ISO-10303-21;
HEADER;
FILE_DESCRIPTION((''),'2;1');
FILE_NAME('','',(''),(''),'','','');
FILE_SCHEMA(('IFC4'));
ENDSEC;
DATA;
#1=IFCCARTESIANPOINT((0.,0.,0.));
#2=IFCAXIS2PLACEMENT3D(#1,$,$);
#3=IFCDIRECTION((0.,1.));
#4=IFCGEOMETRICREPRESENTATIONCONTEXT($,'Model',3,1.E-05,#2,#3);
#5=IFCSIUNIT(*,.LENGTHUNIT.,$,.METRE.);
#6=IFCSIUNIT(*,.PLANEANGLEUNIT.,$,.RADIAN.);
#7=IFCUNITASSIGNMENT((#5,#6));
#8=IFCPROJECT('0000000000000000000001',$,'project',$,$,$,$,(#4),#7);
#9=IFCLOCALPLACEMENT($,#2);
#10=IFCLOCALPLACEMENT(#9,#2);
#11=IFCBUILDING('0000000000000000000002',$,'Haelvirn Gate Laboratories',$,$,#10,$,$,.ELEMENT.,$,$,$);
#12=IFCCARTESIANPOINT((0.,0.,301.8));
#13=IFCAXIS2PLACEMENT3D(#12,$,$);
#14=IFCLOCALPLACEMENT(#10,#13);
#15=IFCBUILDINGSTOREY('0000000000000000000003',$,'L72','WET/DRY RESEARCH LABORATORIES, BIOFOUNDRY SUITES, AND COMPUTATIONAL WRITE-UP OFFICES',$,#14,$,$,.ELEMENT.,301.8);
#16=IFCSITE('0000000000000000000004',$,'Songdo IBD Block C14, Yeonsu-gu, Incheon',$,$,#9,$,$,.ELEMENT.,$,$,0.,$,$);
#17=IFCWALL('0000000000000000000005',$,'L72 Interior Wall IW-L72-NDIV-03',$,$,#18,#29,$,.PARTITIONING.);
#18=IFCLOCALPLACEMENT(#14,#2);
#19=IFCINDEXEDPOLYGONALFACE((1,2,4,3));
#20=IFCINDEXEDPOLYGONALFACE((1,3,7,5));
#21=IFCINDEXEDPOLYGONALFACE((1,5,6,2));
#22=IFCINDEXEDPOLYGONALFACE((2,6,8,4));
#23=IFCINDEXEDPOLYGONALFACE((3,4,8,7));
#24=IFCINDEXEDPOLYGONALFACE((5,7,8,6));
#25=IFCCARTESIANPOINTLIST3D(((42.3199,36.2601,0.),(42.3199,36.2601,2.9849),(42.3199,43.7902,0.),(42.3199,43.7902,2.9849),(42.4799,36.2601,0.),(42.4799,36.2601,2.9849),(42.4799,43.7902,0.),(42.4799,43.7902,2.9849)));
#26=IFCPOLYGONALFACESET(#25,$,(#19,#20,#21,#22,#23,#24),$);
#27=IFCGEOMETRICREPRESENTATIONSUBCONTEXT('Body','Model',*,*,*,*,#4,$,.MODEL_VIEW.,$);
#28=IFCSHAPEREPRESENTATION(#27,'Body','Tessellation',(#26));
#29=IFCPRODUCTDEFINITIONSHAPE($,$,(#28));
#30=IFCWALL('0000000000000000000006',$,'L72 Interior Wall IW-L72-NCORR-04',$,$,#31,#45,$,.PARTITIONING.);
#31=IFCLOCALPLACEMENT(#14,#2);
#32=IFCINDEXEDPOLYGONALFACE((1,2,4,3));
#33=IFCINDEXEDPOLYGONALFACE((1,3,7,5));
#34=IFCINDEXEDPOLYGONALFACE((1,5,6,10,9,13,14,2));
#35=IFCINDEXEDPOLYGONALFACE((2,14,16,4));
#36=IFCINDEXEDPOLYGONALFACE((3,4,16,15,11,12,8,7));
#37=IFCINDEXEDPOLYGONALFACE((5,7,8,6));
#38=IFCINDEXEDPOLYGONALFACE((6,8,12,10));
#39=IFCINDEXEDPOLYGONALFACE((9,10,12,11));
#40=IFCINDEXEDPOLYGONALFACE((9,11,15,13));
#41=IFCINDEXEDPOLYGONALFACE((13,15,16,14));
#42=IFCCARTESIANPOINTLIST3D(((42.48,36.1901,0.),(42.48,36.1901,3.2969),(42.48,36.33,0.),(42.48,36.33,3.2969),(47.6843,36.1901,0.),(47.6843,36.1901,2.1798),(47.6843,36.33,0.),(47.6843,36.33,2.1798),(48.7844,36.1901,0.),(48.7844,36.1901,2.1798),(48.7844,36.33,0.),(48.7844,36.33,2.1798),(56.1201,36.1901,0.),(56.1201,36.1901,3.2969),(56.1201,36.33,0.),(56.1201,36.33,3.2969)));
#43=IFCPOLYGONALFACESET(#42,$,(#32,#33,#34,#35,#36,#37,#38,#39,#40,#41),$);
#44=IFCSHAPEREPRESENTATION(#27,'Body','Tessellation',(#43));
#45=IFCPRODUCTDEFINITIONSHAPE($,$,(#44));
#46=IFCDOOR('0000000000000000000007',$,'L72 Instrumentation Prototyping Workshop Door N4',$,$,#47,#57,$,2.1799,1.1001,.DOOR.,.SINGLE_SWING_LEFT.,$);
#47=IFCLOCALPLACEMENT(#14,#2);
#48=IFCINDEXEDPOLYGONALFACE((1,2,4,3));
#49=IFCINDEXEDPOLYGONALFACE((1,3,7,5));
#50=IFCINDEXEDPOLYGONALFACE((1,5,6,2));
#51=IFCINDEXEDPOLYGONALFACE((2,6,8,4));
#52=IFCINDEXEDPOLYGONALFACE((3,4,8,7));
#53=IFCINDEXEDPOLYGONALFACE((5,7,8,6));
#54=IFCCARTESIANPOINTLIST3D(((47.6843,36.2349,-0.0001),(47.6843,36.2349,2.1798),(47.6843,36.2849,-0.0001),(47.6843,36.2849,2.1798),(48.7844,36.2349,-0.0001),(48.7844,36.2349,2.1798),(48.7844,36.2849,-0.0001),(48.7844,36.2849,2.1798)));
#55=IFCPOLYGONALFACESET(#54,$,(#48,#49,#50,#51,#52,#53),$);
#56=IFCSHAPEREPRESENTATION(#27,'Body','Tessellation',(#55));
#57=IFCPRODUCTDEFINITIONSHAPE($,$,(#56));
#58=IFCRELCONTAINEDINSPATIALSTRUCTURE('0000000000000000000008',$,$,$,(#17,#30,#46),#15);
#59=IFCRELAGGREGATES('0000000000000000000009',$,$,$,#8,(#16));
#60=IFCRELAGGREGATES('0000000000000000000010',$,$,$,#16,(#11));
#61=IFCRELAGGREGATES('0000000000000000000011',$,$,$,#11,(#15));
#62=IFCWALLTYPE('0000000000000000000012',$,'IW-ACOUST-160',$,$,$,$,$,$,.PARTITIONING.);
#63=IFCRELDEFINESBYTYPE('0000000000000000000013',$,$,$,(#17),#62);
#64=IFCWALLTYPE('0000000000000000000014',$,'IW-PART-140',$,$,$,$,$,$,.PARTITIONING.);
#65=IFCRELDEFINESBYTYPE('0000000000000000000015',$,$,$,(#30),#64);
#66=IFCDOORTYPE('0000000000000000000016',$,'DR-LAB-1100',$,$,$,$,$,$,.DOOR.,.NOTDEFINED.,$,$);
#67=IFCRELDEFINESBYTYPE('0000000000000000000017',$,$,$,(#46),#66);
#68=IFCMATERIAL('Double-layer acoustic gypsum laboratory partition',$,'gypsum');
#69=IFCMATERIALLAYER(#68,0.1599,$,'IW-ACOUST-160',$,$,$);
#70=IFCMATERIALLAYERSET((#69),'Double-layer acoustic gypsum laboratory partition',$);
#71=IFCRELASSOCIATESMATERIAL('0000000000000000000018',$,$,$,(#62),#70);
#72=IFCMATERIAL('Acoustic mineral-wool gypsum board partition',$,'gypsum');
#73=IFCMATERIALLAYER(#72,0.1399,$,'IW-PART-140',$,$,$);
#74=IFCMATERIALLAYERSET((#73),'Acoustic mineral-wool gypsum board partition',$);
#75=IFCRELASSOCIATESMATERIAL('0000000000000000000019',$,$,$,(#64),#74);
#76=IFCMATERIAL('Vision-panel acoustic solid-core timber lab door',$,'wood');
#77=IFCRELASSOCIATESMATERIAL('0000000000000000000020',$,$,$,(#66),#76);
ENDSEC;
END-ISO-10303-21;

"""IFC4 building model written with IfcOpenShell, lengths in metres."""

from ifc_helpers import new_model, si_unit, direction, frame, frame_2d, origin, place, context, subcontext, project, spatial, rectangle, extrude, source, transform, mapped, material, layer, layer_set, type_object, type_shapes, element, fill, save


model = new_model("IFC4")

# Units and contexts
model_context = context("Model", 3, precision=1e-05, world=origin(), true_north=direction((0.0, 1.0)))
body_context = subcontext(model_context, "Body", "Model", "MODEL_VIEW")
ifc_project = project(units=[si_unit("LENGTHUNIT", "METRE"), si_unit("PLANEANGLEUNIT", "RADIAN")], contexts=[model_context])

# Site, building, storey
site_placement = place(None, origin())
site = spatial("IfcSite", under=ifc_project, at=site_placement, Name="Songdo IBD Block C14, Yeonsu-gu, Incheon", CompositionType="ELEMENT", RefElevation=0.0)
building_placement = place(site_placement, origin())
building = spatial("IfcBuilding", under=site, at=building_placement, Name="Haelvirn Gate Laboratories", CompositionType="ELEMENT")
storey_placement = place(building_placement, frame((0.0, 0.0, 301.8)))
storey = spatial("IfcBuildingStorey", under=building, at=storey_placement, Name="L72", Description="WET/DRY RESEARCH LABORATORIES, BIOFOUNDRY SUITES, AND COMPUTATIONAL WRITE-UP OFFICES", CompositionType="ELEMENT", Elevation=301.8)

# Wall
ifc_material_1 = material(Name="Double-layer acoustic gypsum laboratory partition", Category="gypsum")
ifc_layer_1 = layer(ifc_material_1, 0.1599, Name="IW-ACOUST-160")
ifc_layer_set_1 = layer_set([ifc_layer_1], Name="Double-layer acoustic gypsum laboratory partition")
wall_type_1 = type_object("IfcWallType", Name="IW-ACOUST-160", PredefinedType="PARTITIONING", material=ifc_layer_set_1)
wall_1_placement = place(storey_placement, frame((42.3999, 36.26, 0.0), z_axis=(0.0, 0.0, 1.0), x_axis=(0.0, 1.0, 0.0)))
element("IfcWall", 1, at=wall_1_placement, inside=storey, type_object=wall_type_1, Name="L72 Interior Wall IW-L72-NDIV-03", PredefinedType="PARTITIONING", context=body_context, shape_type="SweptSolid", body=[
    extrude(rectangle(XDim=7.53, YDim=0.1599, at=frame_2d((3.7651, 0.0))), origin(), (0.0, 0.0, 1.0), 2.9849),
])

# Wall, opening, door
ifc_material_2 = material(Name="Acoustic mineral-wool gypsum board partition", Category="gypsum")
ifc_layer_2 = layer(ifc_material_2, 0.1399, Name="IW-PART-140")
ifc_layer_set_2 = layer_set([ifc_layer_2], Name="Acoustic mineral-wool gypsum board partition")
wall_type_2 = type_object("IfcWallType", Name="IW-PART-140", PredefinedType="PARTITIONING", material=ifc_layer_set_2)
wall_2_placement = place(storey_placement, frame((42.48, 36.26, 0.0), z_axis=(0.0, 0.0, 1.0), x_axis=(1.0, 0.0, 0.0)))
wall_2 = element("IfcWall", 2, at=wall_2_placement, inside=storey, type_object=wall_type_2, Name="L72 Interior Wall IW-L72-NCORR-04", PredefinedType="PARTITIONING", context=body_context, shape_type="SweptSolid", body=[
    extrude(rectangle(XDim=13.6401, YDim=0.1399, at=frame_2d((6.8201, 0.0))), origin(), (0.0, 0.0, 1.0), 3.2969),
])
opening_1_placement = place(wall_2_placement, frame((5.2043, 0.0, 0.0)))
opening_1 = element("IfcOpeningElement", 3, at=opening_1_placement, cuts=wall_2, PredefinedType="OPENING", context=body_context, shape_type="SweptSolid", body=[
    extrude(rectangle(XDim=1.1001, YDim=2.1799, at=frame_2d((0.55, 1.0898))), frame((0.0, 0.0801, 0.0), z_axis=(0.0, -1.0, 0.0), x_axis=(1.0, 0.0, 0.0)), (0.0, 0.0, 1.0), 0.1599),
])
ifc_material_3 = material(Name="Vision-panel acoustic solid-core timber lab door", Category="wood")
door_type_1 = type_object("IfcDoorType", Name="DR-LAB-1100", OperationType="NOTDEFINED", PredefinedType="DOOR", material=ifc_material_3)
shared_shape_1 = source(origin(), body_context, "Body", "SweptSolid", [
    extrude(rectangle(XDim=1.1001, YDim=2.1799, at=frame_2d((0.55, 1.0898))), frame((0.0, 0.0249, 0.0), z_axis=(0.0, -1.0, 0.0), x_axis=(1.0, 0.0, 0.0)), (0.0, 0.0, 1.0), 0.05),
])
type_shapes(door_type_1, [shared_shape_1])
door_1_placement = place(opening_1_placement, origin())
door_1 = element("IfcDoor", 4, at=door_1_placement, inside=storey, type_object=door_type_1, Name="L72 Instrumentation Prototyping Workshop Door N4", OperationType="SINGLE_SWING_LEFT", OverallHeight=2.1799, OverallWidth=1.1001, PredefinedType="DOOR", context=body_context, shape_type="MappedRepresentation", body=[
    mapped(shared_shape_1, transform((0.0, 0.0, 0.0), scale=1.0)),
])
fill(opening_1, door_1)

save(model, "model.ifc")
